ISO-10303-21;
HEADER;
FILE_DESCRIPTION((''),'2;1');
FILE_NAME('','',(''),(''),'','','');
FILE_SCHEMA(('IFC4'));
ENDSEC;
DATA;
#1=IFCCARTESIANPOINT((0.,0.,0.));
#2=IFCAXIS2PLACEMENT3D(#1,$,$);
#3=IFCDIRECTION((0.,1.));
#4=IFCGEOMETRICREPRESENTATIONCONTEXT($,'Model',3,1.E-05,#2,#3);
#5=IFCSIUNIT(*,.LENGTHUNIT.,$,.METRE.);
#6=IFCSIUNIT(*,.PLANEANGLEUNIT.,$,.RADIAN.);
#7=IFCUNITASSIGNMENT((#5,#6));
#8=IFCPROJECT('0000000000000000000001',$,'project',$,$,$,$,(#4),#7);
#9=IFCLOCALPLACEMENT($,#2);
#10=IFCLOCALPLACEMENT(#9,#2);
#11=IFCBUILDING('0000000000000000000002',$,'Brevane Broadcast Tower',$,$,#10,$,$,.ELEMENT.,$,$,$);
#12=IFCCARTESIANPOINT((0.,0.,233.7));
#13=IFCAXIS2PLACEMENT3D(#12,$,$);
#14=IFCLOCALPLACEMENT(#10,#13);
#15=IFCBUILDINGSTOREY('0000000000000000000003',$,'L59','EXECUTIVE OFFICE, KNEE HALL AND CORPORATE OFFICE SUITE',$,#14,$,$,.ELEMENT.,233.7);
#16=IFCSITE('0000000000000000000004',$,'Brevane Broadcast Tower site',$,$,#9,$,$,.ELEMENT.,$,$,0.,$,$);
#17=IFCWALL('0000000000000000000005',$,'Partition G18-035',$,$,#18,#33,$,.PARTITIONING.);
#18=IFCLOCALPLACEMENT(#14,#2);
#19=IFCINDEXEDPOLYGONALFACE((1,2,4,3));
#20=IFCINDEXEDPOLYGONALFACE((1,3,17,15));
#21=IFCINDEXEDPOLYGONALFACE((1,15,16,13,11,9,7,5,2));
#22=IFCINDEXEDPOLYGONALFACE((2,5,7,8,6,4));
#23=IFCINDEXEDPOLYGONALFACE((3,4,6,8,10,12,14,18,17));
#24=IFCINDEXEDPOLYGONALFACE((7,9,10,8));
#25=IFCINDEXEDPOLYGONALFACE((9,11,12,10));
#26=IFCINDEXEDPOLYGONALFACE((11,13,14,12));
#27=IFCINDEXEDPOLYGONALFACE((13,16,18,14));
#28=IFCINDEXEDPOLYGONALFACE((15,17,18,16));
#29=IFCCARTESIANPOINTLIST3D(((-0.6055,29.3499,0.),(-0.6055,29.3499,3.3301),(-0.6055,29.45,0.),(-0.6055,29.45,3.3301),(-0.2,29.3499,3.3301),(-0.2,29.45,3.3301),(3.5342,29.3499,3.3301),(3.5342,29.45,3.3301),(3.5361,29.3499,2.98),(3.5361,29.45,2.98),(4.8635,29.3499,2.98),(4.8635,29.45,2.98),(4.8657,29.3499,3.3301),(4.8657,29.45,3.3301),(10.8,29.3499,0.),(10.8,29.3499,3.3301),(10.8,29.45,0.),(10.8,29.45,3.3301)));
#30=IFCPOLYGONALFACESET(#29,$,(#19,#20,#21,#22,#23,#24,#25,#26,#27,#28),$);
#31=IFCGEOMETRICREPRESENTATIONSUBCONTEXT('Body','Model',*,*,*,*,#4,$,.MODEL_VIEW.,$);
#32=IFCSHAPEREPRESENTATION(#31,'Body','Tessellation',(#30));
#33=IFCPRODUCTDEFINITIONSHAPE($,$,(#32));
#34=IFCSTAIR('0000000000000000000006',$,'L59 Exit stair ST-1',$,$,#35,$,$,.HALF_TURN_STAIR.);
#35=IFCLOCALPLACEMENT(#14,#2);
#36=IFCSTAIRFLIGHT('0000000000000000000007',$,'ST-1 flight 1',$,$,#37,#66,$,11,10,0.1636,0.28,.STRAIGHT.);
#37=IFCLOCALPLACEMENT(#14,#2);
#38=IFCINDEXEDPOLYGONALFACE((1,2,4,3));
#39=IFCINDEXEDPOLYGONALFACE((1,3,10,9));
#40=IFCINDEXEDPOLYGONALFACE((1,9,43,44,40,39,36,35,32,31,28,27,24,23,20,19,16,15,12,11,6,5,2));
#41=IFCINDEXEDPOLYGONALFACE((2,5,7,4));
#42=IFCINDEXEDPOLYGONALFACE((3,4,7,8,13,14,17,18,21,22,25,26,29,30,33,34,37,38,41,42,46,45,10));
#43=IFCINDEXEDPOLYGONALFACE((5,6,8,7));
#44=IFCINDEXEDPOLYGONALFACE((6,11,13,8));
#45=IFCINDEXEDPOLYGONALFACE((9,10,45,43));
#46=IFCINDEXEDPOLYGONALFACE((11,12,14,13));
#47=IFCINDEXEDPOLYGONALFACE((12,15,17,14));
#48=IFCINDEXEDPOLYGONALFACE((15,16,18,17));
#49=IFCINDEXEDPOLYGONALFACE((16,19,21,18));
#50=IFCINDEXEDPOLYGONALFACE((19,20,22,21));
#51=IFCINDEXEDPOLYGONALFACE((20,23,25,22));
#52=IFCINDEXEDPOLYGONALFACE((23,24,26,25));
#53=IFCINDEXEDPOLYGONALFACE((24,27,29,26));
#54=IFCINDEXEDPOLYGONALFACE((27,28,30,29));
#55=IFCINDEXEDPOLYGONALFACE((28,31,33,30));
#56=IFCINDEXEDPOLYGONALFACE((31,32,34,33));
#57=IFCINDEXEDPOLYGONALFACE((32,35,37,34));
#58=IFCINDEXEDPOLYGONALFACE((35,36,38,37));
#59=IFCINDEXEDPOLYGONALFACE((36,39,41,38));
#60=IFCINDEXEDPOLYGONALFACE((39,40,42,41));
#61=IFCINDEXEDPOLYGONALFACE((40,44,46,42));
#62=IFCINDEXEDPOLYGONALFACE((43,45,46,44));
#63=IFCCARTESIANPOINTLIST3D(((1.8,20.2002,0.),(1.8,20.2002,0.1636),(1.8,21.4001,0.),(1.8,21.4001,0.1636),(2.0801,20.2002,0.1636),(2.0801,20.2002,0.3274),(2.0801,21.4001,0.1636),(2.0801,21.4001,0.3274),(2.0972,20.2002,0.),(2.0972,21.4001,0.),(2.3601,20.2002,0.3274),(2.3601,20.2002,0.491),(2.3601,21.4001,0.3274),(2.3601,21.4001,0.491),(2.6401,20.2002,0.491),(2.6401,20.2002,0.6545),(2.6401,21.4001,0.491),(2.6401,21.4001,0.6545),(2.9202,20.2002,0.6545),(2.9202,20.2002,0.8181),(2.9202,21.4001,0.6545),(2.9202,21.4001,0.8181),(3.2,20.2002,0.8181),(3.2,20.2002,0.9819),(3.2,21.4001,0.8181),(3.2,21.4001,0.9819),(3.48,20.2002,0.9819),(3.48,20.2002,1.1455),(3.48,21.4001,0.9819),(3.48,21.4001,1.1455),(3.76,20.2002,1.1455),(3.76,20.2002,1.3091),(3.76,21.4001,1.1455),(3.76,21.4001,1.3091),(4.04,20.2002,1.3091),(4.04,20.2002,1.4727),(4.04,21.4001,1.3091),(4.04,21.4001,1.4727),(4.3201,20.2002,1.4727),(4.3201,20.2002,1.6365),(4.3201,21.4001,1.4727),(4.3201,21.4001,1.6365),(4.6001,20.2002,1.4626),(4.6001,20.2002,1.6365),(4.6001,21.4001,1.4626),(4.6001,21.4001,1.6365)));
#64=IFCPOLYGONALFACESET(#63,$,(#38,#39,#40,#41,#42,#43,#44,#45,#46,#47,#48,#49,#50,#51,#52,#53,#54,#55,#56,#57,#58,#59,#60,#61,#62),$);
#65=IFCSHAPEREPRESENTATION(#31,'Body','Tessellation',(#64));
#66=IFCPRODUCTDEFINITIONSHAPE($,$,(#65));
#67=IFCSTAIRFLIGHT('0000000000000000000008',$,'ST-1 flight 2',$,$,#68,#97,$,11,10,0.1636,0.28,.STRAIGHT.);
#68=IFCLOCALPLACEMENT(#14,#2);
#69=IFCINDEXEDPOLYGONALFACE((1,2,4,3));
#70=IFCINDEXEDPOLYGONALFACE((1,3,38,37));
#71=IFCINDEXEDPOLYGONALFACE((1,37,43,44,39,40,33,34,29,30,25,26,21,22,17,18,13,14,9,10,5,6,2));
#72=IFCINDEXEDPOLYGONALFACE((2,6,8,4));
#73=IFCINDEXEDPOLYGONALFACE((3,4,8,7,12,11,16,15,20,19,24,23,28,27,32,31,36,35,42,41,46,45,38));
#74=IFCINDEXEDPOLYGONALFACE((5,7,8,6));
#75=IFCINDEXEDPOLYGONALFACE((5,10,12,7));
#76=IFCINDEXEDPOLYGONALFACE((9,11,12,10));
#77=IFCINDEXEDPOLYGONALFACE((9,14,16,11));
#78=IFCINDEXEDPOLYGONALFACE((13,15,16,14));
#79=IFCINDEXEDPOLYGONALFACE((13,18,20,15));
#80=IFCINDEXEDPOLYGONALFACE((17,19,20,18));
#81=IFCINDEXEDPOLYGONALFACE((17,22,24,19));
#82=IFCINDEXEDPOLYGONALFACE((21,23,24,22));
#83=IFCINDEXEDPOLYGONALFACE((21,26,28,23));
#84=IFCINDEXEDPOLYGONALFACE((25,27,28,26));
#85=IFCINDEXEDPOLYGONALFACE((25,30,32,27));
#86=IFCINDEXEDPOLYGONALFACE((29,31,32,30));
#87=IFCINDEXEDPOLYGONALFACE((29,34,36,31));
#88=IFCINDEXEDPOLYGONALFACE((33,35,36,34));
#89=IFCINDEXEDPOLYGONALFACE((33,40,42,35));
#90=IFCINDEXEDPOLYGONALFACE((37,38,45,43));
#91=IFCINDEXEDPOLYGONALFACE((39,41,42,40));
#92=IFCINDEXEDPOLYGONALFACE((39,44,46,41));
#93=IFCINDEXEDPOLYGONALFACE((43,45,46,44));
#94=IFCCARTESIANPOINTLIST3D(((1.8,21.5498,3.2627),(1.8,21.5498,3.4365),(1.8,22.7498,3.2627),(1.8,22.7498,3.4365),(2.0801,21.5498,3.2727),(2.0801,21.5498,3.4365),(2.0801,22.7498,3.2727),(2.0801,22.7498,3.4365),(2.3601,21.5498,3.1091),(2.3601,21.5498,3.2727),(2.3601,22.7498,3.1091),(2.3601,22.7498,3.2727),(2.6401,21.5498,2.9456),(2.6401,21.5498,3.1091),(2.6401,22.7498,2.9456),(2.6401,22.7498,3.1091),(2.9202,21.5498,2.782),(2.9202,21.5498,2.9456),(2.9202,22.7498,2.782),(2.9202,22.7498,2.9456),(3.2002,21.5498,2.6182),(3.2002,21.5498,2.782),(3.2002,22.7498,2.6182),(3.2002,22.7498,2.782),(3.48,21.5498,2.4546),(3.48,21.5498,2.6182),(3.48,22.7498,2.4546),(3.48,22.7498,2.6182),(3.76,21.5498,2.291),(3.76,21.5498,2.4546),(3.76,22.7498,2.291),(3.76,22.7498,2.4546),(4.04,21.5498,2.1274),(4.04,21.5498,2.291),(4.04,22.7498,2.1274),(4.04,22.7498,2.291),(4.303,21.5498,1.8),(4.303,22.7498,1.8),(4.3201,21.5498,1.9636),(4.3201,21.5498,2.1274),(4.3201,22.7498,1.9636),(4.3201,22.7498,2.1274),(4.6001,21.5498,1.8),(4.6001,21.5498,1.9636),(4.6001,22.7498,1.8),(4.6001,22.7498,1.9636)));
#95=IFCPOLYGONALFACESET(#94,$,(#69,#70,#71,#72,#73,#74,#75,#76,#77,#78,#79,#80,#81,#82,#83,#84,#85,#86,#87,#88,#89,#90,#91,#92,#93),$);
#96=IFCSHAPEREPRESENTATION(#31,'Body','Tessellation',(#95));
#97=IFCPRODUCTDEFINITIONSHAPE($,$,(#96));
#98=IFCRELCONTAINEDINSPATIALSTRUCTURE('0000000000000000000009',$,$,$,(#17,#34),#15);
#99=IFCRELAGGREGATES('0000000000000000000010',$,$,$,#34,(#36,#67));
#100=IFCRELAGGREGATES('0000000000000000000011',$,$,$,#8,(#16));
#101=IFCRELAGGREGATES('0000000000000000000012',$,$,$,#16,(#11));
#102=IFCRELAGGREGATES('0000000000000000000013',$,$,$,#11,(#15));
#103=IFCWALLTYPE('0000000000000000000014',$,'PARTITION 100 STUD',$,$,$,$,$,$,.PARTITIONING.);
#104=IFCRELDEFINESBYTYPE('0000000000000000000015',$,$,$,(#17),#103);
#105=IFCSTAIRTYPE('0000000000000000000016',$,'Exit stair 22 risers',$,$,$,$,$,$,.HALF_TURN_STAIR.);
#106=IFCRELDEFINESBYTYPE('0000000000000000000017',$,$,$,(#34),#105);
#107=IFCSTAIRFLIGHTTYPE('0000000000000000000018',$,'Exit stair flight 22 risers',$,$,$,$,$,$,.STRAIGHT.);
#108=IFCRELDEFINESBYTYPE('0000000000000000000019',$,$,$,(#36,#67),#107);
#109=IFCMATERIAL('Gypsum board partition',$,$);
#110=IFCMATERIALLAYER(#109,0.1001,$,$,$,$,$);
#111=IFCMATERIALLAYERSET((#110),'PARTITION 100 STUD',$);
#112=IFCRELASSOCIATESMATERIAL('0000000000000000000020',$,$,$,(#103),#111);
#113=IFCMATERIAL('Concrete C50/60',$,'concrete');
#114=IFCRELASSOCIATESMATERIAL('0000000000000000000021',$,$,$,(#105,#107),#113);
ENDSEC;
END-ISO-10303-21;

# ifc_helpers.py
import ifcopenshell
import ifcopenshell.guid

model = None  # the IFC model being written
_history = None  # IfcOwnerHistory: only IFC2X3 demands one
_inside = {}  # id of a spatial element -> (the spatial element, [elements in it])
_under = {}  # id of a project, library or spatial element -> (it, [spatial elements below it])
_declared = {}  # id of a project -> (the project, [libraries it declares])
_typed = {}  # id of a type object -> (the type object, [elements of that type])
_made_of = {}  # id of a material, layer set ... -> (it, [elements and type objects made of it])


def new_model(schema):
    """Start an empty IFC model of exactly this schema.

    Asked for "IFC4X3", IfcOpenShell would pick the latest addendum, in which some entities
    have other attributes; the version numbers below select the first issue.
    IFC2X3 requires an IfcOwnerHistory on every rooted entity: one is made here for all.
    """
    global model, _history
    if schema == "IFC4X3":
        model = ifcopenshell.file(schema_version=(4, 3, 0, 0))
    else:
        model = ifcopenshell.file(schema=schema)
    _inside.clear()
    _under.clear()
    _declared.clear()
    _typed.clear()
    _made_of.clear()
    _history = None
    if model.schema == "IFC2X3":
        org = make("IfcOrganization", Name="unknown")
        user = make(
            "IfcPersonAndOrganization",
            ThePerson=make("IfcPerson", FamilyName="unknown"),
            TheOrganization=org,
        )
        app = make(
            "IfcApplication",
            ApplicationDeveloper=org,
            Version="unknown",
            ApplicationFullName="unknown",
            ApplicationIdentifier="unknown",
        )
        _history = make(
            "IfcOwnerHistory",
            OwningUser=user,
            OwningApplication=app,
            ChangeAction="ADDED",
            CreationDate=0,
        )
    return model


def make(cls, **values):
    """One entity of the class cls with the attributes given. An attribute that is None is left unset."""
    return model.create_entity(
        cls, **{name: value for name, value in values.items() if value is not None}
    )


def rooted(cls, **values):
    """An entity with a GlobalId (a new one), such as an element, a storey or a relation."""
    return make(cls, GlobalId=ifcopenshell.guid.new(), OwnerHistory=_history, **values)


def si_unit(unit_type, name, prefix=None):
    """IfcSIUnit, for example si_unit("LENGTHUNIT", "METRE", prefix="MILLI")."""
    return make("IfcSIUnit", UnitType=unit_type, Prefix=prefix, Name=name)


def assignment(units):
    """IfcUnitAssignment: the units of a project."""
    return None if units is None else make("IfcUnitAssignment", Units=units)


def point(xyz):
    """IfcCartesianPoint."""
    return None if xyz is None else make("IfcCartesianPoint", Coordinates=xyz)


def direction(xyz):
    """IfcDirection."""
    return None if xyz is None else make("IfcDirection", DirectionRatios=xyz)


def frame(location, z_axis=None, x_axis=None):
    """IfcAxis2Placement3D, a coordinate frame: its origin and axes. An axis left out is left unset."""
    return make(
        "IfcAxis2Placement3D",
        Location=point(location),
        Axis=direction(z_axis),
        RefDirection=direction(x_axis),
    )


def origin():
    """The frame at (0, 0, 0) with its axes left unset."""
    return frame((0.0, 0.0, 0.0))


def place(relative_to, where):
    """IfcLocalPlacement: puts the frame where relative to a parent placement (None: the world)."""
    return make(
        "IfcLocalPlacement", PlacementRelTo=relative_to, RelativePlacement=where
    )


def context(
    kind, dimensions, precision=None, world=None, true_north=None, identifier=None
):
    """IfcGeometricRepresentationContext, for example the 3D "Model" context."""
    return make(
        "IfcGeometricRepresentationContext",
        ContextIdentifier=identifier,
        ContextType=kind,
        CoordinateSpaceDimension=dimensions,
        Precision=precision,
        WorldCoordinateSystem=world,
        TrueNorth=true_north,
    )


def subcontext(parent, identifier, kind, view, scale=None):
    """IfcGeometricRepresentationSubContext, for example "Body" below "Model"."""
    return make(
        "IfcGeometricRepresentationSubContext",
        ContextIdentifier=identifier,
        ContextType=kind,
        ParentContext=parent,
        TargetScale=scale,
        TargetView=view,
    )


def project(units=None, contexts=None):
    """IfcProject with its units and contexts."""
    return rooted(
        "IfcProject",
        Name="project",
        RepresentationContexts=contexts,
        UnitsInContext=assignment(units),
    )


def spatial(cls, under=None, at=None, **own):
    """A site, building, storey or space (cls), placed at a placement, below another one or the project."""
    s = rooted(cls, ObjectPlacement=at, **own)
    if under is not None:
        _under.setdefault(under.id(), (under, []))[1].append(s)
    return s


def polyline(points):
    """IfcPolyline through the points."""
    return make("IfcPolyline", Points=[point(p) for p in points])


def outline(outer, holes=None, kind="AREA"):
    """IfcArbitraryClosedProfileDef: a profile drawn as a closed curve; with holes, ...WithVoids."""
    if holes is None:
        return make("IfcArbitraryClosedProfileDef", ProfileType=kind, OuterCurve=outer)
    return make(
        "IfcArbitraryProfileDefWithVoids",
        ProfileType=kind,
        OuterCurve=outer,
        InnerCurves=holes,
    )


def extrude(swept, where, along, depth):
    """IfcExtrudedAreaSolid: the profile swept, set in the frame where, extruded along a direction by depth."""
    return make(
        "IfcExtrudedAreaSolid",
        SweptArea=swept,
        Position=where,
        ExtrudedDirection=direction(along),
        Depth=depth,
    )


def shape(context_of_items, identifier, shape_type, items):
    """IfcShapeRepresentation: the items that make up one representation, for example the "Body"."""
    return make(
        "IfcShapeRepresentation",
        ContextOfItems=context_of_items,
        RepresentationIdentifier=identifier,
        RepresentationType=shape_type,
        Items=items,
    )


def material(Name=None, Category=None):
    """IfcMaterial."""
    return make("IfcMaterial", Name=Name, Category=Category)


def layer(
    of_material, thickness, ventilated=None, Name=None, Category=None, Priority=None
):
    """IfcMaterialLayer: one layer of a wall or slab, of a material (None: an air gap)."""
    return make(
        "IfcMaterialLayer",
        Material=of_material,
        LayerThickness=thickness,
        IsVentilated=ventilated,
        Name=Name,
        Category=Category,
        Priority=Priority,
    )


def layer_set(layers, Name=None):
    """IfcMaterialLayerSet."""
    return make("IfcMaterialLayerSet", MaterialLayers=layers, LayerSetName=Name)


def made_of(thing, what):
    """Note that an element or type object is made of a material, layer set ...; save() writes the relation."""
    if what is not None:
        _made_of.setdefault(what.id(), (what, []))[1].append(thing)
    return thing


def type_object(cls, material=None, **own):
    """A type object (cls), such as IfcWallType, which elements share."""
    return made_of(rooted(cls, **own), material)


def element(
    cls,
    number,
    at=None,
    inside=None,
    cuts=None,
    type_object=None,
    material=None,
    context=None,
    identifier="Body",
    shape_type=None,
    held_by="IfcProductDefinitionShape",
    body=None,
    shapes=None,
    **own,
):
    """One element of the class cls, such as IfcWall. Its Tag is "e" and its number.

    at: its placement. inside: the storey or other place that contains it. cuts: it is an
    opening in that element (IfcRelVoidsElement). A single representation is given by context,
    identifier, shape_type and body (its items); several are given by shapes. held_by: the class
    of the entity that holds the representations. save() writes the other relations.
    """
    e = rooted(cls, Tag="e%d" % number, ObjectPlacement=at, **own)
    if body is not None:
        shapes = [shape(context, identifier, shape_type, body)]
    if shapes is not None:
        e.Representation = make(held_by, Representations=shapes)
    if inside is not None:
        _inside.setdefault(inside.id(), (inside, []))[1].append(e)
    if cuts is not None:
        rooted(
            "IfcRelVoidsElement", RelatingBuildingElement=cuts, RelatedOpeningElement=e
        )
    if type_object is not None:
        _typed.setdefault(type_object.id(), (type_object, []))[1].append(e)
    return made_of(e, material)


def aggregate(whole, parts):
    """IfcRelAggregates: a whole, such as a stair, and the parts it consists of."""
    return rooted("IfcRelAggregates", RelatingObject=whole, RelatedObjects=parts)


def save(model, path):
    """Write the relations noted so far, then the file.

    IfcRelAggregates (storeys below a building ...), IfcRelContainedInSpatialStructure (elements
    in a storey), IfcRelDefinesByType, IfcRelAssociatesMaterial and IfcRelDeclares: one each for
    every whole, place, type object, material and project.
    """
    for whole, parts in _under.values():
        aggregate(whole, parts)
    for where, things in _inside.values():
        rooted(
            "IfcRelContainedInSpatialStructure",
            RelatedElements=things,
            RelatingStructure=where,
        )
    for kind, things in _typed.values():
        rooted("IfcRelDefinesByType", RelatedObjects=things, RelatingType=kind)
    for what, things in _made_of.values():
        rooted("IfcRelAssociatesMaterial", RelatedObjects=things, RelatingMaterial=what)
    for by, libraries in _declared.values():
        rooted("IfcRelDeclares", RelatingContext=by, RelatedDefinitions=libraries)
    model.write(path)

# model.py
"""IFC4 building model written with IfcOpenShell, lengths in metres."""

from ifc_helpers import new_model, si_unit, direction, frame, origin, place, context, subcontext, project, spatial, polyline, outline, extrude, material, layer, layer_set, type_object, element, aggregate, save


model = new_model("IFC4")

# Units and contexts
model_context = context("Model", 3, precision=1e-05, world=origin(), true_north=direction((0.0, 1.0)))
body_context = subcontext(model_context, "Body", "Model", "MODEL_VIEW")
ifc_project = project(units=[si_unit("LENGTHUNIT", "METRE"), si_unit("PLANEANGLEUNIT", "RADIAN")], contexts=[model_context])

# Site, building, storey
site_placement = place(None, origin())
site = spatial("IfcSite", under=ifc_project, at=site_placement, Name="Brevane Broadcast Tower site", CompositionType="ELEMENT", RefElevation=0.0)
building_placement = place(site_placement, origin())
building = spatial("IfcBuilding", under=site, at=building_placement, Name="Brevane Broadcast Tower", CompositionType="ELEMENT")
storey_placement = place(building_placement, frame((0.0, 0.0, 233.7)))
storey = spatial("IfcBuildingStorey", under=building, at=storey_placement, Name="L59", Description="EXECUTIVE OFFICE, KNEE HALL AND CORPORATE OFFICE SUITE", CompositionType="ELEMENT", Elevation=233.7)

# Shared definitions
ifc_material_1 = material(Name="Concrete C50/60", Category="concrete")

# Wall
ifc_material_2 = material(Name="Gypsum board partition")
ifc_layer_1 = layer(ifc_material_2, 0.1001)
ifc_layer_set_1 = layer_set([ifc_layer_1], Name="PARTITION 100 STUD")
wall_type_1 = type_object("IfcWallType", Name="PARTITION 100 STUD", PredefinedType="PARTITIONING", material=ifc_layer_set_1)
wall_1_placement = place(storey_placement, frame((-0.6055, 29.3999, 0.0), z_axis=(0.0, 0.0, 1.0), x_axis=(1.0, 0.0, 0.0)))
element("IfcWall", 1, at=wall_1_placement, inside=storey, type_object=wall_type_1, Name="Partition G18-035", PredefinedType="PARTITIONING", context=body_context, shape_type="SweptSolid", body=[
    extrude(outline(polyline([(0.0, 0.0), (11.4055, 0.0), (11.4055, 3.3301), (5.4712, 3.3301), (5.469, 2.98), (4.1416, 2.98), (4.1396, 3.3301), (0.4055, 3.3301), (0.0, 3.3301), (0.0, 0.0)])), frame((0.0, 0.05, 0.0), z_axis=(0.0, -1.0, 0.0), x_axis=(1.0, 0.0, 0.0)), (0.0, 0.0, 1.0), 0.1001),
])

# Stair, stair flights
stair_type = type_object("IfcStairType", Name="Exit stair 22 risers", PredefinedType="HALF_TURN_STAIR", material=ifc_material_1)
stair_placement = place(storey_placement, origin())
stair = element("IfcStair", 2, at=stair_placement, inside=storey, type_object=stair_type, Name="L59 Exit stair ST-1", PredefinedType="HALF_TURN_STAIR")
stair_flight_type = type_object("IfcStairFlightType", Name="Exit stair flight 22 risers", PredefinedType="STRAIGHT", material=ifc_material_1)
stair_flight_1_placement = place(storey_placement, frame((1.8, 20.8, 0.0), z_axis=(0.0, 0.0, 1.0), x_axis=(1.0, 0.0, 0.0)))
stair_flight_1 = element("IfcStairFlight", 3, at=stair_flight_1_placement, type_object=stair_flight_type, Name="ST-1 flight 1", NumberOfRisers=11, NumberOfTreads=10, PredefinedType="STRAIGHT", RiserHeight=0.1636, TreadLength=0.28, context=body_context, shape_type="SweptSolid", body=[
    extrude(outline(polyline([(0.0, 0.0), (0.0, 0.1636), (0.28, 0.1636), (0.28, 0.3274), (0.5601, 0.3274), (0.5601, 0.491), (0.8401, 0.491), (0.8401, 0.6545), (1.1201, 0.6545), (1.1201, 0.8181), (1.3999, 0.8181), (1.3999, 0.9819), (1.6799, 0.9819), (1.6799, 1.1455), (1.96, 1.1455), (1.96, 1.3091), (2.24, 1.3091), (2.24, 1.4727), (2.52, 1.4727), (2.52, 1.6365), (2.8, 1.6365), (2.8, 1.8), (2.8, 1.4626), (0.2971, 0.0), (0.0, 0.0)])), frame((0.0, 0.6001, 0.0), z_axis=(0.0, -1.0, 0.0), x_axis=(1.0, 0.0, 0.0)), (0.0, 0.0, 1.0), 1.2),
])
stair_flight_2_placement = place(storey_placement, frame((4.6001, 22.1499, 1.8), z_axis=(0.0, 0.0, 1.0), x_axis=(-1.0, 0.0, 0.0)))
stair_flight_2 = element("IfcStairFlight", 4, at=stair_flight_2_placement, type_object=stair_flight_type, Name="ST-1 flight 2", NumberOfRisers=11, NumberOfTreads=10, PredefinedType="STRAIGHT", RiserHeight=0.1636, TreadLength=0.28, context=body_context, shape_type="SweptSolid", body=[
    extrude(outline(polyline([(0.0, 0.0), (0.0, 0.1636), (0.28, 0.1636), (0.28, 0.3274), (0.5601, 0.3274), (0.5601, 0.491), (0.8401, 0.491), (0.8401, 0.6545), (1.1201, 0.6545), (1.1201, 0.8181), (1.3999, 0.8181), (1.3999, 0.9819), (1.6799, 0.9819), (1.6799, 1.1455), (1.96, 1.1455), (1.96, 1.3091), (2.24, 1.3091), (2.24, 1.4727), (2.52, 1.4727), (2.52, 1.6365), (2.8, 1.6365), (2.8, 1.8), (2.8, 1.4626), (0.2971, 0.0), (0.0, 0.0)])), frame((0.0, 0.6001, 0.0), z_axis=(0.0, -1.0, 0.0), x_axis=(1.0, 0.0, 0.0)), (0.0, 0.0, 1.0), 1.2),
])
aggregate(stair, [stair_flight_1, stair_flight_2])

save(model, "model.ifc")
